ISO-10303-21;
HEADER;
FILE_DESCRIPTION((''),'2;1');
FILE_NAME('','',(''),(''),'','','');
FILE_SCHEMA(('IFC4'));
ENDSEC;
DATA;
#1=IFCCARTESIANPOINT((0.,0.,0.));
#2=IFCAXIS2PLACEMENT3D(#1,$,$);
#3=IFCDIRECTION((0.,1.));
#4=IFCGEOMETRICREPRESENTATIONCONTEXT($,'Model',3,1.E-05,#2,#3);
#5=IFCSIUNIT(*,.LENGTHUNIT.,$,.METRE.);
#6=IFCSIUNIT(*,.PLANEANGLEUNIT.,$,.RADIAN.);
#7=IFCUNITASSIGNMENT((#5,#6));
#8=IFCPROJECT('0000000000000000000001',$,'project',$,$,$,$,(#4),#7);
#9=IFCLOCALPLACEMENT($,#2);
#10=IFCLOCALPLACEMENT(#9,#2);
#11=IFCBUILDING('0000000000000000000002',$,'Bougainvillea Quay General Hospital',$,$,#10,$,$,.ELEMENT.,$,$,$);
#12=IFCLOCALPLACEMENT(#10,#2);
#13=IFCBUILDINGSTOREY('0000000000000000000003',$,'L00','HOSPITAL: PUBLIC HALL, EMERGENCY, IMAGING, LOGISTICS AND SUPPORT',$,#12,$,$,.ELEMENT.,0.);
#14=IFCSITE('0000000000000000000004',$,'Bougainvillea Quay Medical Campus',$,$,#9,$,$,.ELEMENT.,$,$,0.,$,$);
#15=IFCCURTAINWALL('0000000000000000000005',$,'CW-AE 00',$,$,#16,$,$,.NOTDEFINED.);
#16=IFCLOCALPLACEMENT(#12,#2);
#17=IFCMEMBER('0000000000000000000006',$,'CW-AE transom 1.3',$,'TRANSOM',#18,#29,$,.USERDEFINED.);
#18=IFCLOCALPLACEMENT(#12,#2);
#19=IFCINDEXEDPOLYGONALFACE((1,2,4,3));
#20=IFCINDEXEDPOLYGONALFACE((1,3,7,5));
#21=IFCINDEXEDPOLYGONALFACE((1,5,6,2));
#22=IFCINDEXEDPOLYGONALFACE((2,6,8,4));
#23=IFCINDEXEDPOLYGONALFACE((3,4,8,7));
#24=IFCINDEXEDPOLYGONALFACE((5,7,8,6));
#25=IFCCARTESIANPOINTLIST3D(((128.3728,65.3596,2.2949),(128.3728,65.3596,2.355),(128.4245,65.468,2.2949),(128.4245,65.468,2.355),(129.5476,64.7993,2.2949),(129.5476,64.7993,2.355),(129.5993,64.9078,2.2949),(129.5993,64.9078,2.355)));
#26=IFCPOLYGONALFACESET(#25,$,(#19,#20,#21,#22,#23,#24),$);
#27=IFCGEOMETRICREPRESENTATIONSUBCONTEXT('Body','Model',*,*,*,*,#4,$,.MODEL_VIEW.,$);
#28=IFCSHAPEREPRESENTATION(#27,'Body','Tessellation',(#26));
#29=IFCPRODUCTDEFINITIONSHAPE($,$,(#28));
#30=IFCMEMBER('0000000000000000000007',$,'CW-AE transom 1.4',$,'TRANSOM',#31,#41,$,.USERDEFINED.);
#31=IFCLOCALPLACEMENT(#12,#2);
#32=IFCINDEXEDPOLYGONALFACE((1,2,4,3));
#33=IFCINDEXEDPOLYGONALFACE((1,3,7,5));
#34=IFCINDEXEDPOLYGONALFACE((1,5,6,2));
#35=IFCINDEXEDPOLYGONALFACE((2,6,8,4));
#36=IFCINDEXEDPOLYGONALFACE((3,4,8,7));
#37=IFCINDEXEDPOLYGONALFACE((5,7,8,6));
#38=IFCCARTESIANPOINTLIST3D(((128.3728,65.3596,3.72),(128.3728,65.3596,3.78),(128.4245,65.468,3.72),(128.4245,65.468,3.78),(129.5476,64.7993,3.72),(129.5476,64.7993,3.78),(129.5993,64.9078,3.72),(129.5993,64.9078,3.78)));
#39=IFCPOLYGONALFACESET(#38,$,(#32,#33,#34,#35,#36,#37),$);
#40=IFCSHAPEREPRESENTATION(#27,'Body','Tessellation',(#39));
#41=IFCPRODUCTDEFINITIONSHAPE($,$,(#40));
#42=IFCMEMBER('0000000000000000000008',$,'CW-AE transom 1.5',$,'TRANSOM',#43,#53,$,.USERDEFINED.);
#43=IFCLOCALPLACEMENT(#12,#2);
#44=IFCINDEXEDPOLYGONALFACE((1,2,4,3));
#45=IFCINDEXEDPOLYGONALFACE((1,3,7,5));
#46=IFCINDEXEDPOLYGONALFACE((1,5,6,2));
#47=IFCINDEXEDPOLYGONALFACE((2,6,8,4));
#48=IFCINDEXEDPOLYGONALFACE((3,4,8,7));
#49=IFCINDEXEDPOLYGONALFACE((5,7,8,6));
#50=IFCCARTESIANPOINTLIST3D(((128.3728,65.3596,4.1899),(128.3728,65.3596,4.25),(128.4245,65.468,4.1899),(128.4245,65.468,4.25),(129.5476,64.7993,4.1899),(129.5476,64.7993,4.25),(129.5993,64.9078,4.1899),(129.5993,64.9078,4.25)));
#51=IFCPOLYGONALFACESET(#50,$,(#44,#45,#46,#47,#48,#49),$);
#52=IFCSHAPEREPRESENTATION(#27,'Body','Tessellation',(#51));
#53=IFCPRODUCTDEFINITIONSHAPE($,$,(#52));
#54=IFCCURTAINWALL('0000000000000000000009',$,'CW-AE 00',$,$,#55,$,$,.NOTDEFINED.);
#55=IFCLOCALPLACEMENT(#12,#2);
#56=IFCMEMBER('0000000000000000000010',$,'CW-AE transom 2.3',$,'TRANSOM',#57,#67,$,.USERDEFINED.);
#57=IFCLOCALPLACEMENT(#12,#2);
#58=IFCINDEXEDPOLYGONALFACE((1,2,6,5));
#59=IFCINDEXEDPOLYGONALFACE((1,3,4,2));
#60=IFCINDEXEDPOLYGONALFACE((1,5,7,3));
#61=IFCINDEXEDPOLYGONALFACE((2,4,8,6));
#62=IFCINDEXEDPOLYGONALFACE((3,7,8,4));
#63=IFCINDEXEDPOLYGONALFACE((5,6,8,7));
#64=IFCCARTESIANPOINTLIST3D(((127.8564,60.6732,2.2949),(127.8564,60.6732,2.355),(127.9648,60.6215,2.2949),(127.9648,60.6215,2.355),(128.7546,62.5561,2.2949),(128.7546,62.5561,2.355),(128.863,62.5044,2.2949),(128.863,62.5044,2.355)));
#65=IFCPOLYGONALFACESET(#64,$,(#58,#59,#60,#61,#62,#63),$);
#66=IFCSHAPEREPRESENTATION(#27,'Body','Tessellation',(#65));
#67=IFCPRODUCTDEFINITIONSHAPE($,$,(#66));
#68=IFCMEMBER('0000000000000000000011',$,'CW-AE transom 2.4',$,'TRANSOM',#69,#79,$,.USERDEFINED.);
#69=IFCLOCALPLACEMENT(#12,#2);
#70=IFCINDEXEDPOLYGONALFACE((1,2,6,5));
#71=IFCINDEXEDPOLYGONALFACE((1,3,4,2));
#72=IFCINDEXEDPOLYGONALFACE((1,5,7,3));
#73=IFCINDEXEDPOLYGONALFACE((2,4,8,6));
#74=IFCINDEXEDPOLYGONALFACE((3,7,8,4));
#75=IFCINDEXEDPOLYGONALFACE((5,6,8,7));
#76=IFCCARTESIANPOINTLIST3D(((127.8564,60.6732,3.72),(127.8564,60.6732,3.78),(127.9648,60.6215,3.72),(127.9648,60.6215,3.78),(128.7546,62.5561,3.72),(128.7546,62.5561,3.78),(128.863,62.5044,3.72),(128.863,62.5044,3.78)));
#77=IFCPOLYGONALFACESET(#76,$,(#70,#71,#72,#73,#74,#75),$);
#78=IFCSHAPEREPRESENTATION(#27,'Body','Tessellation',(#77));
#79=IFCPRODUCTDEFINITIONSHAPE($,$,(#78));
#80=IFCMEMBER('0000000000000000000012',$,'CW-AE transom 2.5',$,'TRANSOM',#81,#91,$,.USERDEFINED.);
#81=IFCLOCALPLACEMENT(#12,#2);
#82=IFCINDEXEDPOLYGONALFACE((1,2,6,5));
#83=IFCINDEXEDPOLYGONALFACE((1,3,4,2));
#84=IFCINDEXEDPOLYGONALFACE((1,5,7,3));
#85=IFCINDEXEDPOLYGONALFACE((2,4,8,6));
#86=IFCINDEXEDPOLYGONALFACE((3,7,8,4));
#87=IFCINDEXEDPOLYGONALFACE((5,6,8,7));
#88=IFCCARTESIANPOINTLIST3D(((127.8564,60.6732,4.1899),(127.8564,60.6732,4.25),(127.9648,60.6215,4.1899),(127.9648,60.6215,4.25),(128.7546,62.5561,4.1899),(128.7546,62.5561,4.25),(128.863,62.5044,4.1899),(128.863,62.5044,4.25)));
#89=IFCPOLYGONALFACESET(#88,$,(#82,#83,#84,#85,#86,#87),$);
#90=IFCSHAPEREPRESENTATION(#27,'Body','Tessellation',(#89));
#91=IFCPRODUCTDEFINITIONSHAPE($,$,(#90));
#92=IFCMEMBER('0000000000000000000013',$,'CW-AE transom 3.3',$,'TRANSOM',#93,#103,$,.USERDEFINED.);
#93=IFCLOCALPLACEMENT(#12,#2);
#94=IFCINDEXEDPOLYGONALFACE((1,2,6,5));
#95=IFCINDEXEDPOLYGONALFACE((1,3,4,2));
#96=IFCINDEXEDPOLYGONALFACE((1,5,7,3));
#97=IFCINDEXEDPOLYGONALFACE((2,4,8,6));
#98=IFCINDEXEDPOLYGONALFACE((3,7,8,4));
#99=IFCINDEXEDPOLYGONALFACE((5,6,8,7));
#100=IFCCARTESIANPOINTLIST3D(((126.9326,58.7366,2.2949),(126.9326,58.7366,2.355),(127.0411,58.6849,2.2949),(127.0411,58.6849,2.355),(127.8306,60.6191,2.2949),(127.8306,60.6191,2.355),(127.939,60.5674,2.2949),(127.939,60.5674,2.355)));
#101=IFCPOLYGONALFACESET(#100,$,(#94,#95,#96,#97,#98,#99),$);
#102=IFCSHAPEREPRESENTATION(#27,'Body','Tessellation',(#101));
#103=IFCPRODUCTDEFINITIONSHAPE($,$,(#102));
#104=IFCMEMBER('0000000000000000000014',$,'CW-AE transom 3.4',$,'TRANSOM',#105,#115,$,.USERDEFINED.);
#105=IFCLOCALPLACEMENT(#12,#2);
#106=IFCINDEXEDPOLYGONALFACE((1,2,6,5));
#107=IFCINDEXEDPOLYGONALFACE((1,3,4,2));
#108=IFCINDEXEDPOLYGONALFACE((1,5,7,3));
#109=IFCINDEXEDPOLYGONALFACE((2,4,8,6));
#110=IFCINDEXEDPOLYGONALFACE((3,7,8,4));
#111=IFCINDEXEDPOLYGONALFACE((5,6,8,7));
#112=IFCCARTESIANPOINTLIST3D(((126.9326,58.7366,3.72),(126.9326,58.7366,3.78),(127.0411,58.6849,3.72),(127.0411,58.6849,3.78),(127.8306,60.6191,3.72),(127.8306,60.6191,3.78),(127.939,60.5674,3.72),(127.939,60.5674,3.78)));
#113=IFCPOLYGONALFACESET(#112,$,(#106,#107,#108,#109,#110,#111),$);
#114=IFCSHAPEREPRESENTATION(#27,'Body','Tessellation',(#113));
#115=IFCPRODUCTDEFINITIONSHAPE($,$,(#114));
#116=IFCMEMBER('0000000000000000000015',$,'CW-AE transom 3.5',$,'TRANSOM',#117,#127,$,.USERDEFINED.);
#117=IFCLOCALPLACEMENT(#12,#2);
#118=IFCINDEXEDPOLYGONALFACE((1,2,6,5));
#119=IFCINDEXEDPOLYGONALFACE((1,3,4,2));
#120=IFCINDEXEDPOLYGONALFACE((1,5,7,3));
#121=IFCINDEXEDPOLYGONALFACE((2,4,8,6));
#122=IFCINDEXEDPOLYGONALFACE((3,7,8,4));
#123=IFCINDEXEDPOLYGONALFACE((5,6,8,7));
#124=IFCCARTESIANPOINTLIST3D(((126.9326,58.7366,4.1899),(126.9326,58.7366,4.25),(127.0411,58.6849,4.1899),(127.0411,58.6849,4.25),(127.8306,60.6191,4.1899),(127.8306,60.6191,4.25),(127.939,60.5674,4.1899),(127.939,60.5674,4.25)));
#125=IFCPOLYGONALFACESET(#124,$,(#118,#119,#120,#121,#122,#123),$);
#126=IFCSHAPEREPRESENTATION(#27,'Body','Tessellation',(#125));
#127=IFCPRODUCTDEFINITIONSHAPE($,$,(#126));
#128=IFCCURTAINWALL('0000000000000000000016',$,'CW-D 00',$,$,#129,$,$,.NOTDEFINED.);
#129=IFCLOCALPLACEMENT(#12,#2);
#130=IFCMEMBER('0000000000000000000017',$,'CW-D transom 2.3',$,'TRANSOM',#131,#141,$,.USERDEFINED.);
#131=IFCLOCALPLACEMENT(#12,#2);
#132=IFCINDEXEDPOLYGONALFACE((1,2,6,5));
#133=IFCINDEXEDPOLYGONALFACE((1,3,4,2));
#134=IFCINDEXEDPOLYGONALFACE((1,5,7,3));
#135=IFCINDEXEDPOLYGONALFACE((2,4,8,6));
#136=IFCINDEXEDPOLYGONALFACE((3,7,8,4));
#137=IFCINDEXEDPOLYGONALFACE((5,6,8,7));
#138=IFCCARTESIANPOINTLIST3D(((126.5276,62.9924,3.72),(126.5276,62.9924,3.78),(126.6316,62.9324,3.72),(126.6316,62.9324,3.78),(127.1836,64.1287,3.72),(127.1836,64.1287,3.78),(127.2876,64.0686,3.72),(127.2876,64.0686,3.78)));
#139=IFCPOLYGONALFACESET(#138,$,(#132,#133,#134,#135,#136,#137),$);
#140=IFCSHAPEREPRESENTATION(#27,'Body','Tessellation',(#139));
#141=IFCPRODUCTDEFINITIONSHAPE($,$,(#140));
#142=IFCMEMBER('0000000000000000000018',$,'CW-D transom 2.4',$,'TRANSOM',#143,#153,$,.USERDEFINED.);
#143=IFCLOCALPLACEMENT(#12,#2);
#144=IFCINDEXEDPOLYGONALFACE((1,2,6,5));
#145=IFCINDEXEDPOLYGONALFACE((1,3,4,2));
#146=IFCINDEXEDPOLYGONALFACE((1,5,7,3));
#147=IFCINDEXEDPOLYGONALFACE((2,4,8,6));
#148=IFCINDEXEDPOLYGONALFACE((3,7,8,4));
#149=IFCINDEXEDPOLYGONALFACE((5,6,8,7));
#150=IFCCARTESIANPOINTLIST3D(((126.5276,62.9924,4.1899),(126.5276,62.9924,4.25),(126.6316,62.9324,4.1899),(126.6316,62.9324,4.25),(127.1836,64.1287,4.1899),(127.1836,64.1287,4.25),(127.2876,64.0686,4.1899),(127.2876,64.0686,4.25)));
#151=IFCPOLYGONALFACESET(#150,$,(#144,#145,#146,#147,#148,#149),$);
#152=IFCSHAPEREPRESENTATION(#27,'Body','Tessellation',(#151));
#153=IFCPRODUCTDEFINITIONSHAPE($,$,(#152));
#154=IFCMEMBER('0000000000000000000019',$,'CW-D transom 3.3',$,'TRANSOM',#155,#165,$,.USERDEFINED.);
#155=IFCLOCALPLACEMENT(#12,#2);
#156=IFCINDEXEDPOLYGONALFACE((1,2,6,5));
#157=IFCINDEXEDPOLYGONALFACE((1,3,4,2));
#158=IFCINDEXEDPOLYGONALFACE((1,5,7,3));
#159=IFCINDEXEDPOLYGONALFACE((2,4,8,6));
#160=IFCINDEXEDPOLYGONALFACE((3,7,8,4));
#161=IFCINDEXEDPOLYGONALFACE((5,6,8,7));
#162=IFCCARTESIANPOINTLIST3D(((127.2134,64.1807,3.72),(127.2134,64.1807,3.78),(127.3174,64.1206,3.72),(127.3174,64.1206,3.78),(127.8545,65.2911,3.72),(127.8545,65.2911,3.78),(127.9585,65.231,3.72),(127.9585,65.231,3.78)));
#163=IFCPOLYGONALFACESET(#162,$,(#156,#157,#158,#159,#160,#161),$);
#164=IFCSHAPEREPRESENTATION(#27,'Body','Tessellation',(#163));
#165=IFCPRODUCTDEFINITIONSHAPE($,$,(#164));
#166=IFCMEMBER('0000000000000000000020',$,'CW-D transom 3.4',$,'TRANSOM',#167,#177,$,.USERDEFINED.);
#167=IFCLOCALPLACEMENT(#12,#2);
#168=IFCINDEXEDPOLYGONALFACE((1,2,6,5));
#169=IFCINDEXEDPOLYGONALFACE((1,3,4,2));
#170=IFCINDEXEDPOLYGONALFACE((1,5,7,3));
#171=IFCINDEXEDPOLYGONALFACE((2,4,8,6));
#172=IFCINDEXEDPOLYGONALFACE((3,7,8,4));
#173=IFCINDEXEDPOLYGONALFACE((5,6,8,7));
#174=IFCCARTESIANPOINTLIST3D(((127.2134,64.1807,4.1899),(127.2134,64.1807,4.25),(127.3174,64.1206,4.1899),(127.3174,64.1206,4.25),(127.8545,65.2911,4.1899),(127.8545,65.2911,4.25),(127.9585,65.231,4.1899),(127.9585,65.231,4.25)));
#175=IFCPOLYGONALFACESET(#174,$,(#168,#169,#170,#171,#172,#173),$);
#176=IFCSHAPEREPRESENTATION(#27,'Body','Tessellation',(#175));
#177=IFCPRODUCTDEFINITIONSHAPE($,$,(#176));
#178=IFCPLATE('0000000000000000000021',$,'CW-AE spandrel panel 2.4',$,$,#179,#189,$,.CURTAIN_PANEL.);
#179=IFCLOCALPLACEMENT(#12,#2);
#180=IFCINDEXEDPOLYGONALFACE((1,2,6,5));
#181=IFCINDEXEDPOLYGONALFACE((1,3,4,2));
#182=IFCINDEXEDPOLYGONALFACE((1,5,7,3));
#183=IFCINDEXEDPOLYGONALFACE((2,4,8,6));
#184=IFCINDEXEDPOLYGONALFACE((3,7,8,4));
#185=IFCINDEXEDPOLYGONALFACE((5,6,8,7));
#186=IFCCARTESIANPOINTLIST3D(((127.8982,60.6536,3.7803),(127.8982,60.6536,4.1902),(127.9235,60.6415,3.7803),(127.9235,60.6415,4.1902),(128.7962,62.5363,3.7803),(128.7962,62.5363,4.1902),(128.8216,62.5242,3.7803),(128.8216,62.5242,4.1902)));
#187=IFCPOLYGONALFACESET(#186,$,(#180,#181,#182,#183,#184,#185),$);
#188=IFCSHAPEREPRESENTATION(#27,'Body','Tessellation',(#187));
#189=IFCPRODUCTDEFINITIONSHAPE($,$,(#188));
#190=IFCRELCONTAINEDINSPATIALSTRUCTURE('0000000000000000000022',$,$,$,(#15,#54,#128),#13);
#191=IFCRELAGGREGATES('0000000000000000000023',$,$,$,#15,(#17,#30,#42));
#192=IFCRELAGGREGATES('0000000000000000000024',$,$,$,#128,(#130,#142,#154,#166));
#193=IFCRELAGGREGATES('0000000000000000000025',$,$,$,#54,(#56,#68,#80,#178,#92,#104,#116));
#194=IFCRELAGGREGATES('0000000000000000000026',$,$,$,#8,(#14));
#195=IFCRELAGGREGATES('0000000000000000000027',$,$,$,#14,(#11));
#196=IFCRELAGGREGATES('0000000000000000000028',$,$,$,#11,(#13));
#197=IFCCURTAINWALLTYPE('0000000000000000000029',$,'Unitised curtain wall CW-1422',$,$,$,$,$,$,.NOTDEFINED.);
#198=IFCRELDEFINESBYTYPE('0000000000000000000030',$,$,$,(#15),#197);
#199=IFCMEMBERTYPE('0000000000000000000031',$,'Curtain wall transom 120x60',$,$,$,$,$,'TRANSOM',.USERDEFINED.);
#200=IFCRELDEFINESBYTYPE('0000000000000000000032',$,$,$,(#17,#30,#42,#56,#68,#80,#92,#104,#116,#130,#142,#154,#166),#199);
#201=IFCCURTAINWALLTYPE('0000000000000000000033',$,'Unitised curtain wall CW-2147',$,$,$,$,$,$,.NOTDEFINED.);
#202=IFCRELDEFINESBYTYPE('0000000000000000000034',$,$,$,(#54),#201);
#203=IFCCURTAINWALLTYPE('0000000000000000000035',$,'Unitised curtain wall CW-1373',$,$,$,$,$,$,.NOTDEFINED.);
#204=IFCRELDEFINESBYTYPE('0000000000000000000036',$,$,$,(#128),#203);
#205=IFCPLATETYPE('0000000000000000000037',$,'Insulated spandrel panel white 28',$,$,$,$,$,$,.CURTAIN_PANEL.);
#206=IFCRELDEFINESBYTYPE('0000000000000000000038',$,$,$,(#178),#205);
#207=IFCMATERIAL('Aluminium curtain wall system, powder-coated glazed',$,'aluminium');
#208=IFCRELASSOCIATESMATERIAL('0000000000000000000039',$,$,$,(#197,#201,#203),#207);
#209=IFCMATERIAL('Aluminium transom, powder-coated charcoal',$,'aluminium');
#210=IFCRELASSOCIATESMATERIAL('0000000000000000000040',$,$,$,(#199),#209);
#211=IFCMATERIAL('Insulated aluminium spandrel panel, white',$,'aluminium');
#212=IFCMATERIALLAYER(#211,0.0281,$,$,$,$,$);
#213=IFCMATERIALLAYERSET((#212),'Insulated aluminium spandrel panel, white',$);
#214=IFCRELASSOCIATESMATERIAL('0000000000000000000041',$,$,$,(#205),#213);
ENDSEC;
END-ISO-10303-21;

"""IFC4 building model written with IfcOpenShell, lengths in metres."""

from ifc_helpers import new_model, si_unit, direction, frame, origin, origin_2d, place, context, subcontext, project, spatial, rectangle, extrude, material, layer, layer_set, material_profile, profile_set, type_object, element, aggregate, save


model = new_model("IFC4")

# Units and contexts
model_context = context("Model", 3, precision=1e-05, world=origin(), true_north=direction((0.0, 1.0)))
body_context = subcontext(model_context, "Body", "Model", "MODEL_VIEW")
ifc_project = project(units=[si_unit("LENGTHUNIT", "METRE"), si_unit("PLANEANGLEUNIT", "RADIAN")], contexts=[model_context])

# Site, building, storey
site_placement = place(None, origin())
site = spatial("IfcSite", under=ifc_project, at=site_placement, Name="Bougainvillea Quay Medical Campus", CompositionType="ELEMENT", RefElevation=0.0)
building_placement = place(site_placement, origin())
building = spatial("IfcBuilding", under=site, at=building_placement, Name="Bougainvillea Quay General Hospital", CompositionType="ELEMENT")
storey_placement = place(building_placement, origin())
storey = spatial("IfcBuildingStorey", under=building, at=storey_placement, Name="L00", Description="HOSPITAL: PUBLIC HALL, EMERGENCY, IMAGING, LOGISTICS AND SUPPORT", CompositionType="ELEMENT", Elevation=0.0)

# Curtain walls, members
ifc_material_1 = material(Name="Aluminium curtain wall system, powder-coated glazed", Category="aluminium")
curtain_wall_type_1 = type_object("IfcCurtainWallType", Name="Unitised curtain wall CW-1422", PredefinedType="NOTDEFINED", material=ifc_material_1)
curtain_wall_1_placement = place(storey_placement, origin())
curtain_wall_1 = element("IfcCurtainWall", 1, at=curtain_wall_1_placement, inside=storey, type_object=curtain_wall_type_1, Name="CW-AE 00", PredefinedType="NOTDEFINED")
ifc_material_2 = material(Name="Aluminium transom, powder-coated charcoal", Category="aluminium")
ifc_material_profile_1 = material_profile(ifc_material_2, rectangle(XDim=0.1201, YDim=0.0601, at=origin_2d()))
ifc_profile_set_1 = profile_set([ifc_material_profile_1], Name="Aluminium transom, powder-coated charcoal")
member_type = type_object("IfcMemberType", Name="Curtain wall transom 120x60", ElementType="TRANSOM", PredefinedType="USERDEFINED", material=ifc_profile_set_1)
member_1_placement = place(storey_placement, frame((128.3987, 65.4138, 2.325), z_axis=(0.9026, -0.43048, 0.0), x_axis=(0.43048, 0.9026, 0.0)))
member_1 = element("IfcMember", 2, at=member_1_placement, type_object=member_type, Name="CW-AE transom 1.3", ObjectType="TRANSOM", PredefinedType="USERDEFINED", context=body_context, shape_type="SweptSolid", body=[
    extrude(rectangle(XDim=0.1201, YDim=0.0601, at=origin_2d()), origin(), (0.0, 0.0, 1.0), 1.3015),
])
member_2_placement = place(storey_placement, frame((128.3987, 65.4138, 3.75), z_axis=(0.9026, -0.43048, 0.0), x_axis=(0.43048, 0.9026, 0.0)))
member_2 = element("IfcMember", 3, at=member_2_placement, type_object=member_type, Name="CW-AE transom 1.4", ObjectType="TRANSOM", PredefinedType="USERDEFINED", context=body_context, shape_type="SweptSolid", body=[
    extrude(rectangle(XDim=0.1201, YDim=0.0601, at=origin_2d()), origin(), (0.0, 0.0, 1.0), 1.3015),
])
member_3_placement = place(storey_placement, frame((128.3987, 65.4138, 4.22), z_axis=(0.9026, -0.43048, 0.0), x_axis=(0.43048, 0.9026, 0.0)))
member_3 = element("IfcMember", 4, at=member_3_placement, type_object=member_type, Name="CW-AE transom 1.5", ObjectType="TRANSOM", PredefinedType="USERDEFINED", context=body_context, shape_type="SweptSolid", body=[
    extrude(rectangle(XDim=0.1201, YDim=0.0601, at=origin_2d()), origin(), (0.0, 0.0, 1.0), 1.3015),
])
aggregate(curtain_wall_1, [member_1, member_2, member_3])
curtain_wall_type_2 = type_object("IfcCurtainWallType", Name="Unitised curtain wall CW-2147", PredefinedType="NOTDEFINED", material=ifc_material_1)
curtain_wall_2_placement = place(storey_placement, origin())
curtain_wall_2 = element("IfcCurtainWall", 5, at=curtain_wall_2_placement, inside=storey, type_object=curtain_wall_type_2, Name="CW-AE 00", PredefinedType="NOTDEFINED")
member_4_placement = place(storey_placement, frame((128.8088, 62.5303, 2.325), z_axis=(-0.430565, -0.90256, 0.0), x_axis=(0.90256, -0.430565, 0.0)))
member_4 = element("IfcMember", 6, at=member_4_placement, type_object=member_type, Name="CW-AE transom 2.3", ObjectType="TRANSOM", PredefinedType="USERDEFINED", context=body_context, shape_type="SweptSolid", body=[
    extrude(rectangle(XDim=0.1201, YDim=0.0601, at=origin_2d()), origin(), (0.0, 0.0, 1.0), 2.0862),
])
member_5_placement = place(storey_placement, frame((128.8088, 62.5303, 3.75), z_axis=(-0.430565, -0.90256, 0.0), x_axis=(0.90256, -0.430565, 0.0)))
member_5 = element("IfcMember", 7, at=member_5_placement, type_object=member_type, Name="CW-AE transom 2.4", ObjectType="TRANSOM", PredefinedType="USERDEFINED", context=body_context, shape_type="SweptSolid", body=[
    extrude(rectangle(XDim=0.1201, YDim=0.0601, at=origin_2d()), origin(), (0.0, 0.0, 1.0), 2.0862),
])
member_6_placement = place(storey_placement, frame((128.8088, 62.5303, 4.22), z_axis=(-0.430565, -0.90256, 0.0), x_axis=(0.90256, -0.430565, 0.0)))
member_6 = element("IfcMember", 8, at=member_6_placement, type_object=member_type, Name="CW-AE transom 2.5", ObjectType="TRANSOM", PredefinedType="USERDEFINED", context=body_context, shape_type="SweptSolid", body=[
    extrude(rectangle(XDim=0.1201, YDim=0.0601, at=origin_2d()), origin(), (0.0, 0.0, 1.0), 2.0862),
])
member_7_placement = place(storey_placement, frame((127.8848, 60.5933, 2.325), z_axis=(-0.430515, -0.902583, 0.0), x_axis=(0.902583, -0.430515, 0.0)))
member_7 = element("IfcMember", 9, at=member_7_placement, type_object=member_type, Name="CW-AE transom 3.3", ObjectType="TRANSOM", PredefinedType="USERDEFINED", context=body_context, shape_type="SweptSolid", body=[
    extrude(rectangle(XDim=0.1201, YDim=0.0601, at=origin_2d()), origin(), (0.0, 0.0, 1.0), 2.0857),
])
member_8_placement = place(storey_placement, frame((127.8848, 60.5933, 3.75), z_axis=(-0.430515, -0.902583, 0.0), x_axis=(0.902583, -0.430515, 0.0)))
member_8 = element("IfcMember", 10, at=member_8_placement, type_object=member_type, Name="CW-AE transom 3.4", ObjectType="TRANSOM", PredefinedType="USERDEFINED", context=body_context, shape_type="SweptSolid", body=[
    extrude(rectangle(XDim=0.1201, YDim=0.0601, at=origin_2d()), origin(), (0.0, 0.0, 1.0), 2.0857),
])
member_9_placement = place(storey_placement, frame((127.8848, 60.5933, 4.22), z_axis=(-0.430515, -0.902583, 0.0), x_axis=(0.902583, -0.430515, 0.0)))
member_9 = element("IfcMember", 11, at=member_9_placement, type_object=member_type, Name="CW-AE transom 3.5", ObjectType="TRANSOM", PredefinedType="USERDEFINED", context=body_context, shape_type="SweptSolid", body=[
    extrude(rectangle(XDim=0.1201, YDim=0.0601, at=origin_2d()), origin(), (0.0, 0.0, 1.0), 2.0857),
])
curtain_wall_type_3 = type_object("IfcCurtainWallType", Name="Unitised curtain wall CW-1373", PredefinedType="NOTDEFINED", material=ifc_material_1)
curtain_wall_3_placement = place(storey_placement, origin())
curtain_wall_3 = element("IfcCurtainWall", 12, at=curtain_wall_3_placement, inside=storey, type_object=curtain_wall_type_3, Name="CW-D 00", PredefinedType="NOTDEFINED")
member_10_placement = place(storey_placement, frame((126.5796, 62.9624, 3.75), z_axis=(0.500002, 0.866024, 0.0), x_axis=(-0.866024, 0.500002, 0.0)))
member_10 = element("IfcMember", 13, at=member_10_placement, type_object=member_type, Name="CW-D transom 2.3", ObjectType="TRANSOM", PredefinedType="USERDEFINED", context=body_context, shape_type="SweptSolid", body=[
    extrude(rectangle(XDim=0.1201, YDim=0.0601, at=origin_2d()), origin(), (0.0, 0.0, 1.0), 1.312),
])
member_11_placement = place(storey_placement, frame((126.5796, 62.9624, 4.22), z_axis=(0.500002, 0.866024, 0.0), x_axis=(-0.866024, 0.500002, 0.0)))
member_11 = element("IfcMember", 14, at=member_11_placement, type_object=member_type, Name="CW-D transom 2.4", ObjectType="TRANSOM", PredefinedType="USERDEFINED", context=body_context, shape_type="SweptSolid", body=[
    extrude(rectangle(XDim=0.1201, YDim=0.0601, at=origin_2d()), origin(), (0.0, 0.0, 1.0), 1.312),
])
member_12_placement = place(storey_placement, frame((127.2654, 64.1506, 3.75), z_axis=(0.50003, 0.866008, 0.0), x_axis=(-0.866008, 0.50003, 0.0)))
member_12 = element("IfcMember", 15, at=member_12_placement, type_object=member_type, Name="CW-D transom 3.3", ObjectType="TRANSOM", PredefinedType="USERDEFINED", context=body_context, shape_type="SweptSolid", body=[
    extrude(rectangle(XDim=0.1201, YDim=0.0601, at=origin_2d()), origin(), (0.0, 0.0, 1.0), 1.2822),
])
member_13_placement = place(storey_placement, frame((127.2654, 64.1506, 4.22), z_axis=(0.50003, 0.866008, 0.0), x_axis=(-0.866008, 0.50003, 0.0)))
member_13 = element("IfcMember", 16, at=member_13_placement, type_object=member_type, Name="CW-D transom 3.4", ObjectType="TRANSOM", PredefinedType="USERDEFINED", context=body_context, shape_type="SweptSolid", body=[
    extrude(rectangle(XDim=0.1201, YDim=0.0601, at=origin_2d()), origin(), (0.0, 0.0, 1.0), 1.2822),
])

# Plate
ifc_material_3 = material(Name="Insulated aluminium spandrel panel, white", Category="aluminium")
ifc_layer_1 = layer(ifc_material_3, 0.0281)
ifc_layer_set_1 = layer_set([ifc_layer_1], Name="Insulated aluminium spandrel panel, white")
plate_type_1 = type_object("IfcPlateType", Name="Insulated spandrel panel white 28", PredefinedType="CURTAIN_PANEL", material=ifc_layer_set_1)
plate_1_placement = place(storey_placement, frame((128.3599, 61.5889, 3.7803), z_axis=(0.0, 0.0, 1.0), x_axis=(-0.43053, -0.902576, 0.0)))
plate_1 = element("IfcPlate", 17, at=plate_1_placement, type_object=plate_type_1, Name="CW-AE spandrel panel 2.4", PredefinedType="CURTAIN_PANEL", context=body_context, shape_type="SweptSolid", body=[
    extrude(rectangle(XDim=2.0859, YDim=0.0281, at=origin_2d()), origin(), (0.0, 0.0, 1.0), 0.4099),
])
aggregate(curtain_wall_3, [member_10, member_11, member_12, member_13])
aggregate(curtain_wall_2, [member_4, member_5, member_6, plate_1, member_7, member_8, member_9])

save(model, "model.ifc")
